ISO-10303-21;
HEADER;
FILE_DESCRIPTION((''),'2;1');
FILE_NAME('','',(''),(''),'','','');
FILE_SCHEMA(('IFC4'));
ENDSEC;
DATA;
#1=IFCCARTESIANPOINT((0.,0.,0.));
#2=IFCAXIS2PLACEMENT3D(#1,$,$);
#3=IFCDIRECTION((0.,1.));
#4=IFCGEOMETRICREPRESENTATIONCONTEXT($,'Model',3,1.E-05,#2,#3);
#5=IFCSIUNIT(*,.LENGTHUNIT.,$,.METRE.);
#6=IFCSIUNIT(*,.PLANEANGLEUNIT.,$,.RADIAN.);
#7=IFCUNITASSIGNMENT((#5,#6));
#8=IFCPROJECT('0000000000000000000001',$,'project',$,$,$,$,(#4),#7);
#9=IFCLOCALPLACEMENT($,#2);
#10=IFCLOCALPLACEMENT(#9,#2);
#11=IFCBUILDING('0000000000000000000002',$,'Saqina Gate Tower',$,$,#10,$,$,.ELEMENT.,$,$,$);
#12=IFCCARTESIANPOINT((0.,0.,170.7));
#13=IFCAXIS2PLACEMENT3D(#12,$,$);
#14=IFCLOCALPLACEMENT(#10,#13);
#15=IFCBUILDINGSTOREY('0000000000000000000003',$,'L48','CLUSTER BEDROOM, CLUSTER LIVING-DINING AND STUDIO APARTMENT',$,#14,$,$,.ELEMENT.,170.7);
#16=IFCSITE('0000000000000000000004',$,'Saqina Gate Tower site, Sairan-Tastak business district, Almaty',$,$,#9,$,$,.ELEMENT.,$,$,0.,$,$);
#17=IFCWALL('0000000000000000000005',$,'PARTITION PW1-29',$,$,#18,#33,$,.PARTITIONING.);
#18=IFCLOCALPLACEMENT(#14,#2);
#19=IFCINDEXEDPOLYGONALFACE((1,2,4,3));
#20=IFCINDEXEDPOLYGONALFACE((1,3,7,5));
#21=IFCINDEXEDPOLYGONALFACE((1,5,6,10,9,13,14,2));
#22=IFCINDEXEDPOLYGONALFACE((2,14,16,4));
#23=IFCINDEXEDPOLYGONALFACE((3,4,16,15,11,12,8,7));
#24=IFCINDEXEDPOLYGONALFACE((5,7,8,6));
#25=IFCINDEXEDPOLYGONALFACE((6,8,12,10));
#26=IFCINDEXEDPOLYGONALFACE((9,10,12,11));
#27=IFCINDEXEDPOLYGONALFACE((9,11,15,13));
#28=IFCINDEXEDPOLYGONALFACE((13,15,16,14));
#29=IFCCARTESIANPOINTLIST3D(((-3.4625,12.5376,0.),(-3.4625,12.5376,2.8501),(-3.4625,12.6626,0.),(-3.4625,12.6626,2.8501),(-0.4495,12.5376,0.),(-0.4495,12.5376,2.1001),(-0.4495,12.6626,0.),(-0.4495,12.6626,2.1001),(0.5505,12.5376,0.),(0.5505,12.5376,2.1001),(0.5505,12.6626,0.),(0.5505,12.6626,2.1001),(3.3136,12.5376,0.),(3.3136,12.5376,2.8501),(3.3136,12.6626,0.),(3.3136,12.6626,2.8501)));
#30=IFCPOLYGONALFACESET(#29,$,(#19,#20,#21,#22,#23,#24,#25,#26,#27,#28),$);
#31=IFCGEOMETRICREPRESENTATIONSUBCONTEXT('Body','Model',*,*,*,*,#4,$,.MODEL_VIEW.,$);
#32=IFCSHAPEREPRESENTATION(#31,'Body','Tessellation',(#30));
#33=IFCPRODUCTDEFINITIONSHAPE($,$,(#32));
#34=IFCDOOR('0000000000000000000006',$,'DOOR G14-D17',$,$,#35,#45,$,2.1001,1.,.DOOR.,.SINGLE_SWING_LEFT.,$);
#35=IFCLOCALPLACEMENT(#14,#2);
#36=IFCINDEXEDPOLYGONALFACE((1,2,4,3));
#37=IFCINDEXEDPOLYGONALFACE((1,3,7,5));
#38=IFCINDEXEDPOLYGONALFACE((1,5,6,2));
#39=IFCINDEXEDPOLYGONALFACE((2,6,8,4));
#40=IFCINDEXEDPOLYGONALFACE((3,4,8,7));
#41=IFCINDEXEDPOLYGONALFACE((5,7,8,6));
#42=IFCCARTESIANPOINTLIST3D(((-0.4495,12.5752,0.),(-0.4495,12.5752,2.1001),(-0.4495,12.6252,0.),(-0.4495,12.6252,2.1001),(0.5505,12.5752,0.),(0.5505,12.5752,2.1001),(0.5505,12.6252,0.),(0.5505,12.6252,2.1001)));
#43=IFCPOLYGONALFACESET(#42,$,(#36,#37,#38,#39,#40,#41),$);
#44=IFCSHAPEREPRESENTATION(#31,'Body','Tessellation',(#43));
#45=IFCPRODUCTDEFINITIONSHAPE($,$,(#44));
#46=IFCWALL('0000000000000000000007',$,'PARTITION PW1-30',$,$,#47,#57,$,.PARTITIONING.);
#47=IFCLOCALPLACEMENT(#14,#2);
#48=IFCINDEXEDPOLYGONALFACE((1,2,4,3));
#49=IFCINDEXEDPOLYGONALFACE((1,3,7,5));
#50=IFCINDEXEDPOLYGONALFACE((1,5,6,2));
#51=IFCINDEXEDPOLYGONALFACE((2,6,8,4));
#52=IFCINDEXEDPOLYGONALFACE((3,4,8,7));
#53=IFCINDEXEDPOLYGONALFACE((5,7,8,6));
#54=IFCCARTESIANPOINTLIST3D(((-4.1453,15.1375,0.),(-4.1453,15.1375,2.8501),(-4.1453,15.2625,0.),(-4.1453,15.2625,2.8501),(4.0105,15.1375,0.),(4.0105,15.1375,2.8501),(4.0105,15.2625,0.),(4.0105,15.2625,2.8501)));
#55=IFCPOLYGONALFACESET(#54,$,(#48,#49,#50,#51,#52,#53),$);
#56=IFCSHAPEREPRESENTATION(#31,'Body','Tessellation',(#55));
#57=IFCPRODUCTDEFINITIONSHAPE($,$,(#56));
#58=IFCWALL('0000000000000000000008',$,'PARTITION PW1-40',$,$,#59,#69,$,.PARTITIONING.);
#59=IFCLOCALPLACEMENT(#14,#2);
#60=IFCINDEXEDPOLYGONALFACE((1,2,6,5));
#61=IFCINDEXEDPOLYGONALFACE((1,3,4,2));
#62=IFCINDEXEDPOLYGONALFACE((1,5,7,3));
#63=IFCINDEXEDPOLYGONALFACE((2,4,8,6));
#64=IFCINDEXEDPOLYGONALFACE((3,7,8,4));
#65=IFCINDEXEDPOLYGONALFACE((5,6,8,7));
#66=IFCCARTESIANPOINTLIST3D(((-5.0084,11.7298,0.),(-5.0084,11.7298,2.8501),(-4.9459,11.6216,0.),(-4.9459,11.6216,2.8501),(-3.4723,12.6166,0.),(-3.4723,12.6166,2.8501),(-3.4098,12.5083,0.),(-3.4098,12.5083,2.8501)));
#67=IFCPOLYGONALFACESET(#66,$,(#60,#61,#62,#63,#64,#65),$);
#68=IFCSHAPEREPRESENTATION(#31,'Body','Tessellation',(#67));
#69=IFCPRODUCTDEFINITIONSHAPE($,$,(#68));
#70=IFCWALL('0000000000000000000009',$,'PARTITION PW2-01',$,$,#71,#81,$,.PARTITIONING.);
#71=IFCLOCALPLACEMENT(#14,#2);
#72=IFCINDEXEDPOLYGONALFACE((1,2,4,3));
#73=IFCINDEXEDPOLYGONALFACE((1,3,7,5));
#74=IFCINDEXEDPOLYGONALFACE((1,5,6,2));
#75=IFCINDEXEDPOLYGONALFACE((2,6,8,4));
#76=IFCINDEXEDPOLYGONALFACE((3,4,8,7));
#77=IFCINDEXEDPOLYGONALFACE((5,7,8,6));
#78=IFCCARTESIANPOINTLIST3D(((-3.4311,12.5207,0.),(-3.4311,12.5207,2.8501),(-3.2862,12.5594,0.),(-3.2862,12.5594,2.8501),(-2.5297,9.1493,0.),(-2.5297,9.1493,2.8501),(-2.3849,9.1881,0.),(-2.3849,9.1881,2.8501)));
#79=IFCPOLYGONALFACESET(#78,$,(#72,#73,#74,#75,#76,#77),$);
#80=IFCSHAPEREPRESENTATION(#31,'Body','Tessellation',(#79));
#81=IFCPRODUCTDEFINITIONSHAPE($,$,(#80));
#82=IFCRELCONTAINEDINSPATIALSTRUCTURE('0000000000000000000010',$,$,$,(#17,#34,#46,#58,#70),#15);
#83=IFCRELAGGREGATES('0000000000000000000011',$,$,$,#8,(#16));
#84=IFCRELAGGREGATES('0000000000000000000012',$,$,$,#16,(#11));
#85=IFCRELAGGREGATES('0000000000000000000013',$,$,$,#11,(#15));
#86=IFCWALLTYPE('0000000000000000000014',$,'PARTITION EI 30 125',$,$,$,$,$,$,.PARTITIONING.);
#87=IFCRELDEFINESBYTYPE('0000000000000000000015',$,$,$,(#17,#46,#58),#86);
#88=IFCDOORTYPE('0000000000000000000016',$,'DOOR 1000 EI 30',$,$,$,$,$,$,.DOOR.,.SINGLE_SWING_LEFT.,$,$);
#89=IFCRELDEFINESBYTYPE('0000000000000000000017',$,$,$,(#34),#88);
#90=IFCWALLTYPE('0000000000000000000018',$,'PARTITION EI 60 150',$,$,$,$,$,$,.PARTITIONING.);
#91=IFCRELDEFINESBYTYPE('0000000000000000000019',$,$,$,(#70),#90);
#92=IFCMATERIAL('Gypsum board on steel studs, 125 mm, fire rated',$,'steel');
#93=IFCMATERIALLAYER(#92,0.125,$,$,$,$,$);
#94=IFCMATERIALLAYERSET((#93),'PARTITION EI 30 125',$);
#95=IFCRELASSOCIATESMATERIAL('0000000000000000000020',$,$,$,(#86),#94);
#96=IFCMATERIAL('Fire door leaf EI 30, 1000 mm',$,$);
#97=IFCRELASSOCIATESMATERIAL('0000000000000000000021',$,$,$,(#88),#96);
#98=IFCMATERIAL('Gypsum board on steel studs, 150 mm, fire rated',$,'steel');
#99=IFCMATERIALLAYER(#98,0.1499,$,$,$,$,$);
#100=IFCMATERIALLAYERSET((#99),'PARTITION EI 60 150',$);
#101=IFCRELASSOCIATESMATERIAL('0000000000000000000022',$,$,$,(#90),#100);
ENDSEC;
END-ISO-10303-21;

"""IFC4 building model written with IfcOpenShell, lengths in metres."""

from ifc_helpers import new_model, si_unit, direction, frame, frame_2d, origin, place, context, subcontext, project, spatial, rectangle, extrude, material, layer, layer_set, type_object, element, fill, save


model = new_model("IFC4")

# Units and contexts
model_context = context("Model", 3, precision=1e-05, world=origin(), true_north=direction((0.0, 1.0)))
body_context = subcontext(model_context, "Body", "Model", "MODEL_VIEW")
ifc_project = project(units=[si_unit("LENGTHUNIT", "METRE"), si_unit("PLANEANGLEUNIT", "RADIAN")], contexts=[model_context])

# Site, building, storey
site_placement = place(None, origin())
site = spatial("IfcSite", under=ifc_project, at=site_placement, Name="Saqina Gate Tower site, Sairan-Tastak business district, Almaty", CompositionType="ELEMENT", RefElevation=0.0)
building_placement = place(site_placement, origin())
building = spatial("IfcBuilding", under=site, at=building_placement, Name="Saqina Gate Tower", CompositionType="ELEMENT")
storey_placement = place(building_placement, frame((0.0, 0.0, 170.7)))
storey = spatial("IfcBuildingStorey", under=building, at=storey_placement, Name="L48", Description="CLUSTER BEDROOM, CLUSTER LIVING-DINING AND STUDIO APARTMENT", CompositionType="ELEMENT", Elevation=170.7)

# Wall, opening, door
ifc_material_1 = material(Name="Gypsum board on steel studs, 125 mm, fire rated", Category="steel")
ifc_layer_1 = layer(ifc_material_1, 0.125)
ifc_layer_set_1 = layer_set([ifc_layer_1], Name="PARTITION EI 30 125")
wall_type_1 = type_object("IfcWallType", Name="PARTITION EI 30 125", PredefinedType="PARTITIONING", material=ifc_layer_set_1)
wall_1_placement = place(storey_placement, frame((-3.4626, 12.6001, 0.0), z_axis=(0.0, 0.0, 1.0), x_axis=(1.0, 0.0, 0.0)))
wall_1 = element("IfcWall", 1, at=wall_1_placement, inside=storey, type_object=wall_type_1, Name="PARTITION PW1-29", PredefinedType="PARTITIONING", context=body_context, shape_type="SweptSolid", body=[
    extrude(rectangle(XDim=6.7761, YDim=0.125, at=frame_2d((3.3882, 0.0))), origin(), (0.0, 0.0, 1.0), 2.8501),
])
opening_1_placement = place(wall_1_placement, frame((3.0132, 0.0, 0.0)))
opening_1 = element("IfcOpeningElement", 2, at=opening_1_placement, cuts=wall_1, PredefinedType="OPENING", context=body_context, shape_type="SweptSolid", body=[
    extrude(rectangle(XDim=1.0, YDim=2.1001, at=frame_2d((0.5, 1.05))), frame((0.0, 0.0745, 0.0), z_axis=(0.0, -1.0, 0.0), x_axis=(1.0, 0.0, 0.0)), (0.0, 0.0, 1.0), 0.1489),
])
ifc_material_2 = material(Name="Fire door leaf EI 30, 1000 mm")
door_type_1 = type_object("IfcDoorType", Name="DOOR 1000 EI 30", OperationType="SINGLE_SWING_LEFT", PredefinedType="DOOR", material=ifc_material_2)
door_1_placement = place(opening_1_placement, frame((1.0, 0.0, 0.0), z_axis=(0.0, 0.0, 1.0), x_axis=(-1.0, 0.0, 0.0)))
door_1 = element("IfcDoor", 3, at=door_1_placement, inside=storey, type_object=door_type_1, Name="DOOR G14-D17", OperationType="SINGLE_SWING_LEFT", OverallHeight=2.1001, OverallWidth=1.0, PredefinedType="DOOR", context=body_context, shape_type="SweptSolid", body=[
    extrude(rectangle(XDim=1.0, YDim=2.1001, at=frame_2d((0.5, 1.05))), frame((0.0, 0.0249, 0.0), z_axis=(0.0, -1.0, 0.0), x_axis=(1.0, 0.0, 0.0)), (0.0, 0.0, 1.0), 0.05),
])
fill(opening_1, door_1)

# Walls
wall_2_placement = place(storey_placement, frame((-4.1453, 15.2, 0.0), z_axis=(0.0, 0.0, 1.0), x_axis=(1.0, 0.0, 0.0)))
element("IfcWall", 4, at=wall_2_placement, inside=storey, type_object=wall_type_1, Name="PARTITION PW1-30", PredefinedType="PARTITIONING", context=body_context, shape_type="SweptSolid", body=[
    extrude(rectangle(XDim=8.1558, YDim=0.125, at=frame_2d((4.0779, 0.0))), origin(), (0.0, 0.0, 1.0), 2.8501),
])
wall_3_placement = place(storey_placement, frame((-4.9771, 11.6758, 0.0), z_axis=(0.0, 0.0, 1.0), x_axis=(0.866066, 0.499929, 0.0)))
element("IfcWall", 5, at=wall_3_placement, inside=storey, type_object=wall_type_1, Name="PARTITION PW1-40", PredefinedType="PARTITIONING", context=body_context, shape_type="SweptSolid", body=[
    extrude(rectangle(XDim=1.7737, YDim=0.125, at=frame_2d((0.8867, 0.0))), origin(), (0.0, 0.0, 1.0), 2.8501),
])
ifc_material_3 = material(Name="Gypsum board on steel studs, 150 mm, fire rated", Category="steel")
ifc_layer_2 = layer(ifc_material_3, 0.1499)
ifc_layer_set_2 = layer_set([ifc_layer_2], Name="PARTITION EI 60 150")
wall_type_2 = type_object("IfcWallType", Name="PARTITION EI 60 150", PredefinedType="PARTITIONING", material=ifc_layer_set_2)
wall_4_placement = place(storey_placement, frame((-3.3586, 12.54, 0.0), z_axis=(0.0, 0.0, 1.0), x_axis=(0.25829, -0.966068, 0.0)))
element("IfcWall", 6, at=wall_4_placement, inside=storey, type_object=wall_type_2, Name="PARTITION PW2-01", PredefinedType="PARTITIONING", context=body_context, shape_type="SweptSolid", body=[
    extrude(rectangle(XDim=3.4897, YDim=0.1499, at=frame_2d((1.7449, 0.0))), origin(), (0.0, 0.0, 1.0), 2.8501),
])

save(model, "model.ifc")
